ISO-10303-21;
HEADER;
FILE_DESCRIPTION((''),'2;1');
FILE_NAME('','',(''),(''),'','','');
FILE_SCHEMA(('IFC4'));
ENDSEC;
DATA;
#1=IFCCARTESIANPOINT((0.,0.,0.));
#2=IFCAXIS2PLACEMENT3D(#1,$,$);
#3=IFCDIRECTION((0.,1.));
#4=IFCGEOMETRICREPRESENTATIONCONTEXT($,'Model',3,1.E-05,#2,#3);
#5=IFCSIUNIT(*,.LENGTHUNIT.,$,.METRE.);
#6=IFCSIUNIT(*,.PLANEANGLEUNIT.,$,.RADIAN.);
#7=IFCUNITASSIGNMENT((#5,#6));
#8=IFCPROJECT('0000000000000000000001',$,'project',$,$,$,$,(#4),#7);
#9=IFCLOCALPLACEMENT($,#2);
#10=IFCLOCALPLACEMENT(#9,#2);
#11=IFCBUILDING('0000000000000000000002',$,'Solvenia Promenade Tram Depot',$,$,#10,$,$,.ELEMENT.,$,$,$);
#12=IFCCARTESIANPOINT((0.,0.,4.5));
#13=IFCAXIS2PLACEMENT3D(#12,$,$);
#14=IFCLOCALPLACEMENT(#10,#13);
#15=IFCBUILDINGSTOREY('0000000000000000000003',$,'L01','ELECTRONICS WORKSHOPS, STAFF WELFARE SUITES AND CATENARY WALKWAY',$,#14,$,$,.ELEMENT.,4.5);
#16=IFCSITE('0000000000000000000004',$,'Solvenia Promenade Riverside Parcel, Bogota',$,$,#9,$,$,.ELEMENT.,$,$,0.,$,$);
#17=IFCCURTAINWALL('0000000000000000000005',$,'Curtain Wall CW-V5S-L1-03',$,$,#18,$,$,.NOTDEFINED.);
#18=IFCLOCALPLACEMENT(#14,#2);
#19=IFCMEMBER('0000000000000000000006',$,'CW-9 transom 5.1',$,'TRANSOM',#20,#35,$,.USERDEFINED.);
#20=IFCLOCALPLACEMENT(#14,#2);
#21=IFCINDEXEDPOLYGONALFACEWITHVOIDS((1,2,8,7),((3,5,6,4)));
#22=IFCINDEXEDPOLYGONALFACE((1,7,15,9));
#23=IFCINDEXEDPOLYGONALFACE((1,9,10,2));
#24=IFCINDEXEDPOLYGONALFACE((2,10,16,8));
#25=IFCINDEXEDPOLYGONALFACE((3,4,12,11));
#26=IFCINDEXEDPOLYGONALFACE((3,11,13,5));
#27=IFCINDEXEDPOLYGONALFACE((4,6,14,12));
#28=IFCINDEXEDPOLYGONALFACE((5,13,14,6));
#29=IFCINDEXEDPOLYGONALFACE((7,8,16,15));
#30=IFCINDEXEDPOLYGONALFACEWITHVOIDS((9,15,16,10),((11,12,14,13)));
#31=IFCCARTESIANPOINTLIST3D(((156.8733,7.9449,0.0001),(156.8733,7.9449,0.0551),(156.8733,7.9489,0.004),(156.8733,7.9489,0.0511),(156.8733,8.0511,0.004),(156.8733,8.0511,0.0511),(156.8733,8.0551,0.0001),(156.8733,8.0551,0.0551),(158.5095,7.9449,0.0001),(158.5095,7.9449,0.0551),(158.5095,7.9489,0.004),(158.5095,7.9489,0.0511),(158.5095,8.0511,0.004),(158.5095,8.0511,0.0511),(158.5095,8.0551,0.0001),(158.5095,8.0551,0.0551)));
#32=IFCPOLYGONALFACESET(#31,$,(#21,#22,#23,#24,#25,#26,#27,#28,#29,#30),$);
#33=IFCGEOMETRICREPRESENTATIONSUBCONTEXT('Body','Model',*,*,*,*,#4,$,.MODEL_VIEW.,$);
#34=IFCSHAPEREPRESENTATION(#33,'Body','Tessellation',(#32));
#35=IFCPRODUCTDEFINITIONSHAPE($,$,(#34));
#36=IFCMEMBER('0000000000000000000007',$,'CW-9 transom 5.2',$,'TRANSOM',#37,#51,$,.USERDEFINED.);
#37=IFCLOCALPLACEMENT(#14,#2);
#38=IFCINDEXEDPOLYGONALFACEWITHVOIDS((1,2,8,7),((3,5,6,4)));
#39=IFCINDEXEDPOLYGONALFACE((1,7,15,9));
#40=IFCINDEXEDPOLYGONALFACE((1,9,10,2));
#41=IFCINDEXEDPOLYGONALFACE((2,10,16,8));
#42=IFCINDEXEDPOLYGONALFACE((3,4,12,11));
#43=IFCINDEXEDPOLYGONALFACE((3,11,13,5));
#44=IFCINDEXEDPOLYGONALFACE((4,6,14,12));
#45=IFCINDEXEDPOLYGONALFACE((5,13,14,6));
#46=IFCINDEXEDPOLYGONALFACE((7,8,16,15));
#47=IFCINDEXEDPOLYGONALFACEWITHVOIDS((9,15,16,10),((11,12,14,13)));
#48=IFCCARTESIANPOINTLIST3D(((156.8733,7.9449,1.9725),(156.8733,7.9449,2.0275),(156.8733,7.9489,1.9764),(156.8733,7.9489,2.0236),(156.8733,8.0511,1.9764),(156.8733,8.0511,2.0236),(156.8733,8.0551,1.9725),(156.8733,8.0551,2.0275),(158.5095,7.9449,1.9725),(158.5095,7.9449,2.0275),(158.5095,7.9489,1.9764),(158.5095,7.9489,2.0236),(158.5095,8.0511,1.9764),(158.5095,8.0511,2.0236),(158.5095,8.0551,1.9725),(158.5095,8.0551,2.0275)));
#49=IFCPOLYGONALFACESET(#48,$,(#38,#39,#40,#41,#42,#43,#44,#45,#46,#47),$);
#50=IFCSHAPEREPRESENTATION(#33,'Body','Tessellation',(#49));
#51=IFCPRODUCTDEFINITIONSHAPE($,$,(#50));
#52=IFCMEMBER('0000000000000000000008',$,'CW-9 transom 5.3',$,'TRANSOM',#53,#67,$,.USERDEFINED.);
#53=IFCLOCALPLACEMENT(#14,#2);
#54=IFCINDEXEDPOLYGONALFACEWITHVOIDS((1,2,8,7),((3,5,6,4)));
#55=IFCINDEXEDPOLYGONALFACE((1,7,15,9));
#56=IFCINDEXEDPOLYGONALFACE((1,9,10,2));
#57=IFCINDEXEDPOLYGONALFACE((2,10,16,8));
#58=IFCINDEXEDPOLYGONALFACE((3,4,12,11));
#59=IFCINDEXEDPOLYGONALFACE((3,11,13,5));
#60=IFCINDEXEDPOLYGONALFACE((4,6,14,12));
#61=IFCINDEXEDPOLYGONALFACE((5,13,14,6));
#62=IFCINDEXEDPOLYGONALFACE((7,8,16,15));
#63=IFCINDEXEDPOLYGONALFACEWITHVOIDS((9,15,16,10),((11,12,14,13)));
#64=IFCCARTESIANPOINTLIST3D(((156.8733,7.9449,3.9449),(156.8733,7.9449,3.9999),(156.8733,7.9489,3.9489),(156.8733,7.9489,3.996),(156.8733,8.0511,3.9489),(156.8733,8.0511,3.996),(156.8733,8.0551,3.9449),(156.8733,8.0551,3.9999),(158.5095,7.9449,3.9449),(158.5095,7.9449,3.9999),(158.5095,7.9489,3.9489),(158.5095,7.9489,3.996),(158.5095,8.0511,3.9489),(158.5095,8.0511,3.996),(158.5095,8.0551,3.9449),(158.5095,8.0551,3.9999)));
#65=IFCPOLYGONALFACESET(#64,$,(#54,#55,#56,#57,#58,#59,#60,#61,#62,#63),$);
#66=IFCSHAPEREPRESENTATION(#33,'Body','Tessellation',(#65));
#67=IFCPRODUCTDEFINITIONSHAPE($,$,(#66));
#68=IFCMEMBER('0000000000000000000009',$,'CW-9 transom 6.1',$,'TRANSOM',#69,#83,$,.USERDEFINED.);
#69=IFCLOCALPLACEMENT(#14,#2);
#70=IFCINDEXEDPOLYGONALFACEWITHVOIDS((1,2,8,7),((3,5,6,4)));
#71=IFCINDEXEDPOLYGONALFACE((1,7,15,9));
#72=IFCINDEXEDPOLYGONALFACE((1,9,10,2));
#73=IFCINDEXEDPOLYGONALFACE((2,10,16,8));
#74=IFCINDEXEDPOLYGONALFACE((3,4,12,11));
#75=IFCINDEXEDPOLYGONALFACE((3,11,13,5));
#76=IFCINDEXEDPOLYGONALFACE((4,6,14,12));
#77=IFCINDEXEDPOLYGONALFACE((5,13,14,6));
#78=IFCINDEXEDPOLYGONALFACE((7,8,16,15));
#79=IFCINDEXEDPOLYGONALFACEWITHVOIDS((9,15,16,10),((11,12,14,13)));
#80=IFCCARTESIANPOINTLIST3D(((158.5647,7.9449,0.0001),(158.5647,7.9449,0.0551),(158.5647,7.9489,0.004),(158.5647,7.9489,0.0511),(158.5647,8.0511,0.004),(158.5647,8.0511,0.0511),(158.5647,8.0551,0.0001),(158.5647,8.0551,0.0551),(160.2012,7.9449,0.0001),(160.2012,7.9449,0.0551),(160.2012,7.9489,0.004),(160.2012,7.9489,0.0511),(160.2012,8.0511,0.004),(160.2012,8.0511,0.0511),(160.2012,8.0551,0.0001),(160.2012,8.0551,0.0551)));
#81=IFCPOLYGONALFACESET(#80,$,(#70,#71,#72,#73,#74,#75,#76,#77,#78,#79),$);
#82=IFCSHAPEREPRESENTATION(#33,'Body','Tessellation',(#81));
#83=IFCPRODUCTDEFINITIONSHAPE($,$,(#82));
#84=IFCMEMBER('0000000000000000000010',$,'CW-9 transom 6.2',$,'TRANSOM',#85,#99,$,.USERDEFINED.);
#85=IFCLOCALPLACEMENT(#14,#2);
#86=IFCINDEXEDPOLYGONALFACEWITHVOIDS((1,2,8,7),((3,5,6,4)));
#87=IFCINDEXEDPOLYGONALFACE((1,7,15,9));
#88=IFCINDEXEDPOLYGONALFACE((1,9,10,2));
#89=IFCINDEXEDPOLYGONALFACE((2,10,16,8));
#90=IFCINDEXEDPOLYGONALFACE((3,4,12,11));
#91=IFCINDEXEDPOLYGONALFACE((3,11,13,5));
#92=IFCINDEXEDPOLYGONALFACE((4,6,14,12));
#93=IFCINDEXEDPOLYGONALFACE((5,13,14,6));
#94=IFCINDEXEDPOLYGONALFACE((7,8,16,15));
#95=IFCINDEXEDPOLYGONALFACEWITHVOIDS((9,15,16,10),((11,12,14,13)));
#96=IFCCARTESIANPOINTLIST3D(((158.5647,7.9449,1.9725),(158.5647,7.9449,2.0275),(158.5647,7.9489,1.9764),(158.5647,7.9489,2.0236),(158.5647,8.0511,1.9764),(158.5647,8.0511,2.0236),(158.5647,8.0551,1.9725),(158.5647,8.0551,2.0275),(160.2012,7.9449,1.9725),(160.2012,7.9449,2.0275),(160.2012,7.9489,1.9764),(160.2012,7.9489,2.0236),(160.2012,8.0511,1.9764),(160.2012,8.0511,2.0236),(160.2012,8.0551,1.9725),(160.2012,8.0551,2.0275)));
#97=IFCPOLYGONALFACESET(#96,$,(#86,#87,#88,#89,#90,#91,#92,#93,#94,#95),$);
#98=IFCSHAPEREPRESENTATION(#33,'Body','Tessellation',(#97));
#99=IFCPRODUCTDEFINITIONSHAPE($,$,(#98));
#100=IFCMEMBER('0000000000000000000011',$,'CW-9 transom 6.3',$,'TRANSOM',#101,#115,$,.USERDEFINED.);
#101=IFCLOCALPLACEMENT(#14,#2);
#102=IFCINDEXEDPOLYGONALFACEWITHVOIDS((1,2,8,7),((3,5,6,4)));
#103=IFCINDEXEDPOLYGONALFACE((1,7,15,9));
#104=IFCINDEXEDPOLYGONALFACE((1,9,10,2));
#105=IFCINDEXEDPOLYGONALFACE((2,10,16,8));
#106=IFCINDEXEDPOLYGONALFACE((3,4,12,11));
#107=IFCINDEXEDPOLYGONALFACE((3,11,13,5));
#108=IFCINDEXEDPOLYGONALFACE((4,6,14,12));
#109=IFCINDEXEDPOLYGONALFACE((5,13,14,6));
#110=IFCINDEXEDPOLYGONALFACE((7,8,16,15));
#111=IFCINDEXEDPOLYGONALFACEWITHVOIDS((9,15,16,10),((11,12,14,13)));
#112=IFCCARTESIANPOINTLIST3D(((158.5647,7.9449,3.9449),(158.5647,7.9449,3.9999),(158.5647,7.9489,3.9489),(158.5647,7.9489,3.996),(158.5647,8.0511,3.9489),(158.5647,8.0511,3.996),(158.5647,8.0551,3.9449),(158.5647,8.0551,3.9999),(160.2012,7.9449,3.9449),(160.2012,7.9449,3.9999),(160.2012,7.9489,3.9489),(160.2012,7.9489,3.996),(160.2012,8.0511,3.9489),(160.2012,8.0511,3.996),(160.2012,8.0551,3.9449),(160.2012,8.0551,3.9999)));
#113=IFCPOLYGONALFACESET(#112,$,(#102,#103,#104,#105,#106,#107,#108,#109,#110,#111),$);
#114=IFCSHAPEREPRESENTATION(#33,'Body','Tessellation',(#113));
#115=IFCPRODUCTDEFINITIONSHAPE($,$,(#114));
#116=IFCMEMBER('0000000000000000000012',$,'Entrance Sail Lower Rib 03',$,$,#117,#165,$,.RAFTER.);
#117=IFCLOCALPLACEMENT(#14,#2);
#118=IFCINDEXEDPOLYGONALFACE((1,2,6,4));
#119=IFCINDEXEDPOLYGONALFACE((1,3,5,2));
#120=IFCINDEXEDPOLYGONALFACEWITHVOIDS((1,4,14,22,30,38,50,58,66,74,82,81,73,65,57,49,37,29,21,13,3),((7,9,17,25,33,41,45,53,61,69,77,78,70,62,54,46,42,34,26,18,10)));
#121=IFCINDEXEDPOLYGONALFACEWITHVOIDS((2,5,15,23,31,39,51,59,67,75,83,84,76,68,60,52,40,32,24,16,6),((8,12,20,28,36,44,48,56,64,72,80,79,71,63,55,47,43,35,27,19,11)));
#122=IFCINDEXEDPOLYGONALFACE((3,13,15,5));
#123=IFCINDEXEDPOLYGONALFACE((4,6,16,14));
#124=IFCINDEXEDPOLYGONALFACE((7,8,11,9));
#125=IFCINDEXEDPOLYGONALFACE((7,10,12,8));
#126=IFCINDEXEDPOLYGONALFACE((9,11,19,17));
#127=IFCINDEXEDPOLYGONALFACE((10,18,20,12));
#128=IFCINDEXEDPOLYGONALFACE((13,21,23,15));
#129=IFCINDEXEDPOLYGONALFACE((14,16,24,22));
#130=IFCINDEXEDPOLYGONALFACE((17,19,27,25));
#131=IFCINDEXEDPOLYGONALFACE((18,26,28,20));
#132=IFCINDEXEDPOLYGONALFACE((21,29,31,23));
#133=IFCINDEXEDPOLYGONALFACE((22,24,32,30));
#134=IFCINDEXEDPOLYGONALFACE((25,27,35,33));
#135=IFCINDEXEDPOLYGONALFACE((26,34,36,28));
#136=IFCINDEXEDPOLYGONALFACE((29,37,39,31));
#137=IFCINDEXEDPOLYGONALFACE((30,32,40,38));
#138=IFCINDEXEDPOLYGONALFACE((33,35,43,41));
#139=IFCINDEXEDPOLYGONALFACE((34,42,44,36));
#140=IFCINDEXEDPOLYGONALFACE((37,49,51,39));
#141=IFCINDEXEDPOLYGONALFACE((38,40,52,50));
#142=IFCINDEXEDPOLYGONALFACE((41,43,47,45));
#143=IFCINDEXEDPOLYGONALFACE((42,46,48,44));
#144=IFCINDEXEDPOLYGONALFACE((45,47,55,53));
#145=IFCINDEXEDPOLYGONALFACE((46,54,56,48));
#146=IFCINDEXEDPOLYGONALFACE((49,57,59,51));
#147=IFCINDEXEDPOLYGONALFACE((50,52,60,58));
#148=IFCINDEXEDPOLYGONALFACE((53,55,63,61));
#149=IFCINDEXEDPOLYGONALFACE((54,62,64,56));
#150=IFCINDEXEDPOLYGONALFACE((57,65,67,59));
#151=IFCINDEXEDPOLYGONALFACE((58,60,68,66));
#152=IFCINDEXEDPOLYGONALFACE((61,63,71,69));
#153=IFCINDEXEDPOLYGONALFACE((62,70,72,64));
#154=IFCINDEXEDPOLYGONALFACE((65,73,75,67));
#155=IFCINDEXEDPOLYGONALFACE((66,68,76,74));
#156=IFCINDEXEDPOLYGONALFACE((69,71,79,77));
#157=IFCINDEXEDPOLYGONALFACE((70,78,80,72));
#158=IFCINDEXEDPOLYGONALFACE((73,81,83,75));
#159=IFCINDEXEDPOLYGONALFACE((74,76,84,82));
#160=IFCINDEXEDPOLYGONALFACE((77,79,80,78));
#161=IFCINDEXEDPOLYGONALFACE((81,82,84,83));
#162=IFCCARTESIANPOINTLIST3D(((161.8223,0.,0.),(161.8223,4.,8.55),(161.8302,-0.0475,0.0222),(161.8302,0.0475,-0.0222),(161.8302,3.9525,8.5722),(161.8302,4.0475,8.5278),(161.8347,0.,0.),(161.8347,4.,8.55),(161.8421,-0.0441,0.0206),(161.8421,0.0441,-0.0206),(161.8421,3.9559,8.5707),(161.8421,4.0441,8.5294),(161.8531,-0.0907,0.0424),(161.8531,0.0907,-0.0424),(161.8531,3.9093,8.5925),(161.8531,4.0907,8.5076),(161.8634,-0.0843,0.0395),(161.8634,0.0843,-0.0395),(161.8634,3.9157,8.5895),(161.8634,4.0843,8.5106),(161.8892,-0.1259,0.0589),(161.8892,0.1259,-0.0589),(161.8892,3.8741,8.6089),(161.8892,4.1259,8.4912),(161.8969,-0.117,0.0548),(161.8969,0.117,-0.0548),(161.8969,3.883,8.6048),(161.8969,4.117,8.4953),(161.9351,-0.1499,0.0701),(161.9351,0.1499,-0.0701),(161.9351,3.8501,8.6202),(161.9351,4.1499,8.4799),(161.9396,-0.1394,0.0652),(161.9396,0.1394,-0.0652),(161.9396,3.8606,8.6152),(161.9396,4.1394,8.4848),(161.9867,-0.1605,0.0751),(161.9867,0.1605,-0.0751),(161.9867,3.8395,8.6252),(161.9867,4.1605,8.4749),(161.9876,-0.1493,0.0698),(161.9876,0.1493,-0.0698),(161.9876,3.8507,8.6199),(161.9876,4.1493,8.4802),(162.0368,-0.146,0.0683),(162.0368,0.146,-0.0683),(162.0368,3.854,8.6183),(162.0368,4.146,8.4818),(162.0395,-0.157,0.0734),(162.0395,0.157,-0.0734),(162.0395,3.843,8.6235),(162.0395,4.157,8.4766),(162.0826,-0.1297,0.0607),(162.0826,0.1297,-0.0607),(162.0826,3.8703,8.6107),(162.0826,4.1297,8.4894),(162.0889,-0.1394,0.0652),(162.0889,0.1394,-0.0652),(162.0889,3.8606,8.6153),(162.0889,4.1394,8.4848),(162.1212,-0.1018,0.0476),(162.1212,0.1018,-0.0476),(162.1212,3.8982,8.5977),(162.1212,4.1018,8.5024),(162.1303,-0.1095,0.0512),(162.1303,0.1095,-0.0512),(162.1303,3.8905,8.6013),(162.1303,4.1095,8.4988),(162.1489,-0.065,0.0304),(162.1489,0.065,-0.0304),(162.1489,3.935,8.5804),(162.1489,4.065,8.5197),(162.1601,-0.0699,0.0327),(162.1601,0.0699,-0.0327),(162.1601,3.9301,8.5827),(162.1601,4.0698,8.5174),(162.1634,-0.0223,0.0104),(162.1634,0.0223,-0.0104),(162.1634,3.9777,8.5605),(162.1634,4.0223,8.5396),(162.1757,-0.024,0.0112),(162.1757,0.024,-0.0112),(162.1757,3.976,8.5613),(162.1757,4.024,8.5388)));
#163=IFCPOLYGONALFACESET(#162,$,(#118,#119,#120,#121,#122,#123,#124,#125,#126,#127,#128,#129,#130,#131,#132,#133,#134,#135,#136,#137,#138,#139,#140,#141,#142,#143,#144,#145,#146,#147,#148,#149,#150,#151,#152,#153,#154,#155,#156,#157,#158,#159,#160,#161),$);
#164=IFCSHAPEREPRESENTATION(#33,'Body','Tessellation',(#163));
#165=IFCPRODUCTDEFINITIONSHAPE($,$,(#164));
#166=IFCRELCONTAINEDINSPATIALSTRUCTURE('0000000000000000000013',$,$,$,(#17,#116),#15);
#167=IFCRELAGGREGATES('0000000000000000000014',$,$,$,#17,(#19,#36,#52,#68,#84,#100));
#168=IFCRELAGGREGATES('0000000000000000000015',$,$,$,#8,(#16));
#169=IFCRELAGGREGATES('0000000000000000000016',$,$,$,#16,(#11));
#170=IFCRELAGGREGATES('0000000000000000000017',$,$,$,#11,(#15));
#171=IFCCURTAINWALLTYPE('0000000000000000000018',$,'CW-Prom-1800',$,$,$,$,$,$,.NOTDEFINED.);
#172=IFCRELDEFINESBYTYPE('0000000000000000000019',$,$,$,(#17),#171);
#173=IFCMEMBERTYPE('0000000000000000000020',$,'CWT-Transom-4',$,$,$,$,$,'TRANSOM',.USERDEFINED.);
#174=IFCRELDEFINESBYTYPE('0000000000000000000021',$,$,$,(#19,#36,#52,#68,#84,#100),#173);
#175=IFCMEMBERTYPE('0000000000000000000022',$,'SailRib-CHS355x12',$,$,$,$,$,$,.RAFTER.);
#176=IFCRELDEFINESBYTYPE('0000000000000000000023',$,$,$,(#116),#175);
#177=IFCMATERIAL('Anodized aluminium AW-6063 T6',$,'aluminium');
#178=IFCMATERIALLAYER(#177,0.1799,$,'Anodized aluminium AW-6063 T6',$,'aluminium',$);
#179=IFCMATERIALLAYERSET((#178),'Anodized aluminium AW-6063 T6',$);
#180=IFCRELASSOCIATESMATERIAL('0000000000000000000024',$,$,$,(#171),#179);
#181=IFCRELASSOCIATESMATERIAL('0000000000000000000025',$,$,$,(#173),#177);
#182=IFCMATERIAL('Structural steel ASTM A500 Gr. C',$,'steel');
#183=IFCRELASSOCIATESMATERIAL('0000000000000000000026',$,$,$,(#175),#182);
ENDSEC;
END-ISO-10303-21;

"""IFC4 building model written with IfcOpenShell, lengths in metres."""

from ifc_helpers import new_model, si_unit, direction, frame, origin, origin_2d, place, context, subcontext, project, spatial, hollow_rectangle, hollow_circle, extrude, material, layer, layer_set, material_profile, profile_set, type_object, element, aggregate, save


model = new_model("IFC4")

# Units and contexts
model_context = context("Model", 3, precision=1e-05, world=origin(), true_north=direction((0.0, 1.0)))
body_context = subcontext(model_context, "Body", "Model", "MODEL_VIEW")
ifc_project = project(units=[si_unit("LENGTHUNIT", "METRE"), si_unit("PLANEANGLEUNIT", "RADIAN")], contexts=[model_context])

# Site, building, storey
site_placement = place(None, origin())
site = spatial("IfcSite", under=ifc_project, at=site_placement, Name="Solvenia Promenade Riverside Parcel, Bogota", CompositionType="ELEMENT", RefElevation=0.0)
building_placement = place(site_placement, origin())
building = spatial("IfcBuilding", under=site, at=building_placement, Name="Solvenia Promenade Tram Depot", CompositionType="ELEMENT")
storey_placement = place(building_placement, frame((0.0, 0.0, 4.5)))
storey = spatial("IfcBuildingStorey", under=building, at=storey_placement, Name="L01", Description="ELECTRONICS WORKSHOPS, STAFF WELFARE SUITES AND CATENARY WALKWAY", CompositionType="ELEMENT", Elevation=4.5)

# Curtain wall, members
ifc_material_1 = material(Name="Anodized aluminium AW-6063 T6", Category="aluminium")
ifc_layer_1 = layer(ifc_material_1, 0.1799, Name="Anodized aluminium AW-6063 T6", Category="aluminium")
ifc_layer_set_1 = layer_set([ifc_layer_1], Name="Anodized aluminium AW-6063 T6")
curtain_wall_type = type_object("IfcCurtainWallType", Name="CW-Prom-1800", PredefinedType="NOTDEFINED", material=ifc_layer_set_1)
curtain_wall_placement = place(storey_placement, origin())
curtain_wall = element("IfcCurtainWall", 1, at=curtain_wall_placement, inside=storey, type_object=curtain_wall_type, Name="Curtain Wall CW-V5S-L1-03", PredefinedType="NOTDEFINED")
ifc_material_profile_1 = material_profile(ifc_material_1, hollow_rectangle(XDim=0.1101, YDim=0.0549, WallThickness=0.0039, at=origin_2d()), Name="ALU-T4", Category="aluminium")
ifc_profile_set_1 = profile_set([ifc_material_profile_1], Name="Anodized aluminium AW-6063 T6")
member_type_1 = type_object("IfcMemberType", Name="CWT-Transom-4", ElementType="TRANSOM", PredefinedType="USERDEFINED", material=ifc_profile_set_1)
member_1_placement = place(storey_placement, frame((156.8733, 8.0, 0.0276), z_axis=(1.0, 0.0, 0.0), x_axis=(0.0, 1.0, 0.0)))
member_1 = element("IfcMember", 2, at=member_1_placement, type_object=member_type_1, Name="CW-9 transom 5.1", ObjectType="TRANSOM", PredefinedType="USERDEFINED", context=body_context, shape_type="SweptSolid", body=[
    extrude(hollow_rectangle(XDim=0.1101, YDim=0.0549, WallThickness=0.0039, at=origin_2d()), origin(), (0.0, 0.0, 1.0), 1.6362),
])
member_2_placement = place(storey_placement, frame((156.8733, 8.0, 2.0), z_axis=(1.0, 0.0, 0.0), x_axis=(0.0, 1.0, 0.0)))
member_2 = element("IfcMember", 3, at=member_2_placement, type_object=member_type_1, Name="CW-9 transom 5.2", ObjectType="TRANSOM", PredefinedType="USERDEFINED", context=body_context, shape_type="SweptSolid", body=[
    extrude(hollow_rectangle(XDim=0.1101, YDim=0.0549, WallThickness=0.0039, at=origin_2d()), origin(), (0.0, 0.0, 1.0), 1.6362),
])
member_3_placement = place(storey_placement, frame((156.8733, 8.0, 3.9724), z_axis=(1.0, 0.0, 0.0), x_axis=(0.0, 1.0, 0.0)))
member_3 = element("IfcMember", 4, at=member_3_placement, type_object=member_type_1, Name="CW-9 transom 5.3", ObjectType="TRANSOM", PredefinedType="USERDEFINED", context=body_context, shape_type="SweptSolid", body=[
    extrude(hollow_rectangle(XDim=0.1101, YDim=0.0549, WallThickness=0.0039, at=origin_2d()), origin(), (0.0, 0.0, 1.0), 1.6362),
])
member_4_placement = place(storey_placement, frame((158.5647, 8.0, 0.0276), z_axis=(1.0, 0.0, 0.0), x_axis=(0.0, 1.0, 0.0)))
member_4 = element("IfcMember", 5, at=member_4_placement, type_object=member_type_1, Name="CW-9 transom 6.1", ObjectType="TRANSOM", PredefinedType="USERDEFINED", context=body_context, shape_type="SweptSolid", body=[
    extrude(hollow_rectangle(XDim=0.1101, YDim=0.0549, WallThickness=0.0039, at=origin_2d()), origin(), (0.0, 0.0, 1.0), 1.6365),
])
member_5_placement = place(storey_placement, frame((158.5647, 8.0, 2.0), z_axis=(1.0, 0.0, 0.0), x_axis=(0.0, 1.0, 0.0)))
member_5 = element("IfcMember", 6, at=member_5_placement, type_object=member_type_1, Name="CW-9 transom 6.2", ObjectType="TRANSOM", PredefinedType="USERDEFINED", context=body_context, shape_type="SweptSolid", body=[
    extrude(hollow_rectangle(XDim=0.1101, YDim=0.0549, WallThickness=0.0039, at=origin_2d()), origin(), (0.0, 0.0, 1.0), 1.6365),
])
member_6_placement = place(storey_placement, frame((158.5647, 8.0, 3.9724), z_axis=(1.0, 0.0, 0.0), x_axis=(0.0, 1.0, 0.0)))
member_6 = element("IfcMember", 7, at=member_6_placement, type_object=member_type_1, Name="CW-9 transom 6.3", ObjectType="TRANSOM", PredefinedType="USERDEFINED", context=body_context, shape_type="SweptSolid", body=[
    extrude(hollow_rectangle(XDim=0.1101, YDim=0.0549, WallThickness=0.0039, at=origin_2d()), origin(), (0.0, 0.0, 1.0), 1.6365),
])

# Member
ifc_material_2 = material(Name="Structural steel ASTM A500 Gr. C", Category="steel")
ifc_material_profile_2 = material_profile(ifc_material_2, hollow_circle(Radius=0.1777, WallThickness=0.0125, at=origin_2d()), Name="CHS355.6x12.5", Category="steel")
ifc_profile_set_2 = profile_set([ifc_material_profile_2], Name="Structural steel ASTM A500 Gr. C")
member_type_2 = type_object("IfcMemberType", Name="SailRib-CHS355x12", PredefinedType="RAFTER", material=ifc_profile_set_2)
member_7_placement = place(storey_placement, frame((162.0, 0.0, 0.0), z_axis=(0.0, 0.423753, 0.905778), x_axis=(-1.0, 0.0, 0.0)))
element("IfcMember", 8, at=member_7_placement, inside=storey, type_object=member_type_2, Name="Entrance Sail Lower Rib 03", PredefinedType="RAFTER", context=body_context, shape_type="SweptSolid", body=[
    extrude(hollow_circle(Radius=0.1777, WallThickness=0.0125, at=origin_2d()), origin(), (0.0, 0.0, 1.0), 9.4395),
])

aggregate(curtain_wall, [member_1, member_2, member_3, member_4, member_5, member_6])

save(model, "model.ifc")
